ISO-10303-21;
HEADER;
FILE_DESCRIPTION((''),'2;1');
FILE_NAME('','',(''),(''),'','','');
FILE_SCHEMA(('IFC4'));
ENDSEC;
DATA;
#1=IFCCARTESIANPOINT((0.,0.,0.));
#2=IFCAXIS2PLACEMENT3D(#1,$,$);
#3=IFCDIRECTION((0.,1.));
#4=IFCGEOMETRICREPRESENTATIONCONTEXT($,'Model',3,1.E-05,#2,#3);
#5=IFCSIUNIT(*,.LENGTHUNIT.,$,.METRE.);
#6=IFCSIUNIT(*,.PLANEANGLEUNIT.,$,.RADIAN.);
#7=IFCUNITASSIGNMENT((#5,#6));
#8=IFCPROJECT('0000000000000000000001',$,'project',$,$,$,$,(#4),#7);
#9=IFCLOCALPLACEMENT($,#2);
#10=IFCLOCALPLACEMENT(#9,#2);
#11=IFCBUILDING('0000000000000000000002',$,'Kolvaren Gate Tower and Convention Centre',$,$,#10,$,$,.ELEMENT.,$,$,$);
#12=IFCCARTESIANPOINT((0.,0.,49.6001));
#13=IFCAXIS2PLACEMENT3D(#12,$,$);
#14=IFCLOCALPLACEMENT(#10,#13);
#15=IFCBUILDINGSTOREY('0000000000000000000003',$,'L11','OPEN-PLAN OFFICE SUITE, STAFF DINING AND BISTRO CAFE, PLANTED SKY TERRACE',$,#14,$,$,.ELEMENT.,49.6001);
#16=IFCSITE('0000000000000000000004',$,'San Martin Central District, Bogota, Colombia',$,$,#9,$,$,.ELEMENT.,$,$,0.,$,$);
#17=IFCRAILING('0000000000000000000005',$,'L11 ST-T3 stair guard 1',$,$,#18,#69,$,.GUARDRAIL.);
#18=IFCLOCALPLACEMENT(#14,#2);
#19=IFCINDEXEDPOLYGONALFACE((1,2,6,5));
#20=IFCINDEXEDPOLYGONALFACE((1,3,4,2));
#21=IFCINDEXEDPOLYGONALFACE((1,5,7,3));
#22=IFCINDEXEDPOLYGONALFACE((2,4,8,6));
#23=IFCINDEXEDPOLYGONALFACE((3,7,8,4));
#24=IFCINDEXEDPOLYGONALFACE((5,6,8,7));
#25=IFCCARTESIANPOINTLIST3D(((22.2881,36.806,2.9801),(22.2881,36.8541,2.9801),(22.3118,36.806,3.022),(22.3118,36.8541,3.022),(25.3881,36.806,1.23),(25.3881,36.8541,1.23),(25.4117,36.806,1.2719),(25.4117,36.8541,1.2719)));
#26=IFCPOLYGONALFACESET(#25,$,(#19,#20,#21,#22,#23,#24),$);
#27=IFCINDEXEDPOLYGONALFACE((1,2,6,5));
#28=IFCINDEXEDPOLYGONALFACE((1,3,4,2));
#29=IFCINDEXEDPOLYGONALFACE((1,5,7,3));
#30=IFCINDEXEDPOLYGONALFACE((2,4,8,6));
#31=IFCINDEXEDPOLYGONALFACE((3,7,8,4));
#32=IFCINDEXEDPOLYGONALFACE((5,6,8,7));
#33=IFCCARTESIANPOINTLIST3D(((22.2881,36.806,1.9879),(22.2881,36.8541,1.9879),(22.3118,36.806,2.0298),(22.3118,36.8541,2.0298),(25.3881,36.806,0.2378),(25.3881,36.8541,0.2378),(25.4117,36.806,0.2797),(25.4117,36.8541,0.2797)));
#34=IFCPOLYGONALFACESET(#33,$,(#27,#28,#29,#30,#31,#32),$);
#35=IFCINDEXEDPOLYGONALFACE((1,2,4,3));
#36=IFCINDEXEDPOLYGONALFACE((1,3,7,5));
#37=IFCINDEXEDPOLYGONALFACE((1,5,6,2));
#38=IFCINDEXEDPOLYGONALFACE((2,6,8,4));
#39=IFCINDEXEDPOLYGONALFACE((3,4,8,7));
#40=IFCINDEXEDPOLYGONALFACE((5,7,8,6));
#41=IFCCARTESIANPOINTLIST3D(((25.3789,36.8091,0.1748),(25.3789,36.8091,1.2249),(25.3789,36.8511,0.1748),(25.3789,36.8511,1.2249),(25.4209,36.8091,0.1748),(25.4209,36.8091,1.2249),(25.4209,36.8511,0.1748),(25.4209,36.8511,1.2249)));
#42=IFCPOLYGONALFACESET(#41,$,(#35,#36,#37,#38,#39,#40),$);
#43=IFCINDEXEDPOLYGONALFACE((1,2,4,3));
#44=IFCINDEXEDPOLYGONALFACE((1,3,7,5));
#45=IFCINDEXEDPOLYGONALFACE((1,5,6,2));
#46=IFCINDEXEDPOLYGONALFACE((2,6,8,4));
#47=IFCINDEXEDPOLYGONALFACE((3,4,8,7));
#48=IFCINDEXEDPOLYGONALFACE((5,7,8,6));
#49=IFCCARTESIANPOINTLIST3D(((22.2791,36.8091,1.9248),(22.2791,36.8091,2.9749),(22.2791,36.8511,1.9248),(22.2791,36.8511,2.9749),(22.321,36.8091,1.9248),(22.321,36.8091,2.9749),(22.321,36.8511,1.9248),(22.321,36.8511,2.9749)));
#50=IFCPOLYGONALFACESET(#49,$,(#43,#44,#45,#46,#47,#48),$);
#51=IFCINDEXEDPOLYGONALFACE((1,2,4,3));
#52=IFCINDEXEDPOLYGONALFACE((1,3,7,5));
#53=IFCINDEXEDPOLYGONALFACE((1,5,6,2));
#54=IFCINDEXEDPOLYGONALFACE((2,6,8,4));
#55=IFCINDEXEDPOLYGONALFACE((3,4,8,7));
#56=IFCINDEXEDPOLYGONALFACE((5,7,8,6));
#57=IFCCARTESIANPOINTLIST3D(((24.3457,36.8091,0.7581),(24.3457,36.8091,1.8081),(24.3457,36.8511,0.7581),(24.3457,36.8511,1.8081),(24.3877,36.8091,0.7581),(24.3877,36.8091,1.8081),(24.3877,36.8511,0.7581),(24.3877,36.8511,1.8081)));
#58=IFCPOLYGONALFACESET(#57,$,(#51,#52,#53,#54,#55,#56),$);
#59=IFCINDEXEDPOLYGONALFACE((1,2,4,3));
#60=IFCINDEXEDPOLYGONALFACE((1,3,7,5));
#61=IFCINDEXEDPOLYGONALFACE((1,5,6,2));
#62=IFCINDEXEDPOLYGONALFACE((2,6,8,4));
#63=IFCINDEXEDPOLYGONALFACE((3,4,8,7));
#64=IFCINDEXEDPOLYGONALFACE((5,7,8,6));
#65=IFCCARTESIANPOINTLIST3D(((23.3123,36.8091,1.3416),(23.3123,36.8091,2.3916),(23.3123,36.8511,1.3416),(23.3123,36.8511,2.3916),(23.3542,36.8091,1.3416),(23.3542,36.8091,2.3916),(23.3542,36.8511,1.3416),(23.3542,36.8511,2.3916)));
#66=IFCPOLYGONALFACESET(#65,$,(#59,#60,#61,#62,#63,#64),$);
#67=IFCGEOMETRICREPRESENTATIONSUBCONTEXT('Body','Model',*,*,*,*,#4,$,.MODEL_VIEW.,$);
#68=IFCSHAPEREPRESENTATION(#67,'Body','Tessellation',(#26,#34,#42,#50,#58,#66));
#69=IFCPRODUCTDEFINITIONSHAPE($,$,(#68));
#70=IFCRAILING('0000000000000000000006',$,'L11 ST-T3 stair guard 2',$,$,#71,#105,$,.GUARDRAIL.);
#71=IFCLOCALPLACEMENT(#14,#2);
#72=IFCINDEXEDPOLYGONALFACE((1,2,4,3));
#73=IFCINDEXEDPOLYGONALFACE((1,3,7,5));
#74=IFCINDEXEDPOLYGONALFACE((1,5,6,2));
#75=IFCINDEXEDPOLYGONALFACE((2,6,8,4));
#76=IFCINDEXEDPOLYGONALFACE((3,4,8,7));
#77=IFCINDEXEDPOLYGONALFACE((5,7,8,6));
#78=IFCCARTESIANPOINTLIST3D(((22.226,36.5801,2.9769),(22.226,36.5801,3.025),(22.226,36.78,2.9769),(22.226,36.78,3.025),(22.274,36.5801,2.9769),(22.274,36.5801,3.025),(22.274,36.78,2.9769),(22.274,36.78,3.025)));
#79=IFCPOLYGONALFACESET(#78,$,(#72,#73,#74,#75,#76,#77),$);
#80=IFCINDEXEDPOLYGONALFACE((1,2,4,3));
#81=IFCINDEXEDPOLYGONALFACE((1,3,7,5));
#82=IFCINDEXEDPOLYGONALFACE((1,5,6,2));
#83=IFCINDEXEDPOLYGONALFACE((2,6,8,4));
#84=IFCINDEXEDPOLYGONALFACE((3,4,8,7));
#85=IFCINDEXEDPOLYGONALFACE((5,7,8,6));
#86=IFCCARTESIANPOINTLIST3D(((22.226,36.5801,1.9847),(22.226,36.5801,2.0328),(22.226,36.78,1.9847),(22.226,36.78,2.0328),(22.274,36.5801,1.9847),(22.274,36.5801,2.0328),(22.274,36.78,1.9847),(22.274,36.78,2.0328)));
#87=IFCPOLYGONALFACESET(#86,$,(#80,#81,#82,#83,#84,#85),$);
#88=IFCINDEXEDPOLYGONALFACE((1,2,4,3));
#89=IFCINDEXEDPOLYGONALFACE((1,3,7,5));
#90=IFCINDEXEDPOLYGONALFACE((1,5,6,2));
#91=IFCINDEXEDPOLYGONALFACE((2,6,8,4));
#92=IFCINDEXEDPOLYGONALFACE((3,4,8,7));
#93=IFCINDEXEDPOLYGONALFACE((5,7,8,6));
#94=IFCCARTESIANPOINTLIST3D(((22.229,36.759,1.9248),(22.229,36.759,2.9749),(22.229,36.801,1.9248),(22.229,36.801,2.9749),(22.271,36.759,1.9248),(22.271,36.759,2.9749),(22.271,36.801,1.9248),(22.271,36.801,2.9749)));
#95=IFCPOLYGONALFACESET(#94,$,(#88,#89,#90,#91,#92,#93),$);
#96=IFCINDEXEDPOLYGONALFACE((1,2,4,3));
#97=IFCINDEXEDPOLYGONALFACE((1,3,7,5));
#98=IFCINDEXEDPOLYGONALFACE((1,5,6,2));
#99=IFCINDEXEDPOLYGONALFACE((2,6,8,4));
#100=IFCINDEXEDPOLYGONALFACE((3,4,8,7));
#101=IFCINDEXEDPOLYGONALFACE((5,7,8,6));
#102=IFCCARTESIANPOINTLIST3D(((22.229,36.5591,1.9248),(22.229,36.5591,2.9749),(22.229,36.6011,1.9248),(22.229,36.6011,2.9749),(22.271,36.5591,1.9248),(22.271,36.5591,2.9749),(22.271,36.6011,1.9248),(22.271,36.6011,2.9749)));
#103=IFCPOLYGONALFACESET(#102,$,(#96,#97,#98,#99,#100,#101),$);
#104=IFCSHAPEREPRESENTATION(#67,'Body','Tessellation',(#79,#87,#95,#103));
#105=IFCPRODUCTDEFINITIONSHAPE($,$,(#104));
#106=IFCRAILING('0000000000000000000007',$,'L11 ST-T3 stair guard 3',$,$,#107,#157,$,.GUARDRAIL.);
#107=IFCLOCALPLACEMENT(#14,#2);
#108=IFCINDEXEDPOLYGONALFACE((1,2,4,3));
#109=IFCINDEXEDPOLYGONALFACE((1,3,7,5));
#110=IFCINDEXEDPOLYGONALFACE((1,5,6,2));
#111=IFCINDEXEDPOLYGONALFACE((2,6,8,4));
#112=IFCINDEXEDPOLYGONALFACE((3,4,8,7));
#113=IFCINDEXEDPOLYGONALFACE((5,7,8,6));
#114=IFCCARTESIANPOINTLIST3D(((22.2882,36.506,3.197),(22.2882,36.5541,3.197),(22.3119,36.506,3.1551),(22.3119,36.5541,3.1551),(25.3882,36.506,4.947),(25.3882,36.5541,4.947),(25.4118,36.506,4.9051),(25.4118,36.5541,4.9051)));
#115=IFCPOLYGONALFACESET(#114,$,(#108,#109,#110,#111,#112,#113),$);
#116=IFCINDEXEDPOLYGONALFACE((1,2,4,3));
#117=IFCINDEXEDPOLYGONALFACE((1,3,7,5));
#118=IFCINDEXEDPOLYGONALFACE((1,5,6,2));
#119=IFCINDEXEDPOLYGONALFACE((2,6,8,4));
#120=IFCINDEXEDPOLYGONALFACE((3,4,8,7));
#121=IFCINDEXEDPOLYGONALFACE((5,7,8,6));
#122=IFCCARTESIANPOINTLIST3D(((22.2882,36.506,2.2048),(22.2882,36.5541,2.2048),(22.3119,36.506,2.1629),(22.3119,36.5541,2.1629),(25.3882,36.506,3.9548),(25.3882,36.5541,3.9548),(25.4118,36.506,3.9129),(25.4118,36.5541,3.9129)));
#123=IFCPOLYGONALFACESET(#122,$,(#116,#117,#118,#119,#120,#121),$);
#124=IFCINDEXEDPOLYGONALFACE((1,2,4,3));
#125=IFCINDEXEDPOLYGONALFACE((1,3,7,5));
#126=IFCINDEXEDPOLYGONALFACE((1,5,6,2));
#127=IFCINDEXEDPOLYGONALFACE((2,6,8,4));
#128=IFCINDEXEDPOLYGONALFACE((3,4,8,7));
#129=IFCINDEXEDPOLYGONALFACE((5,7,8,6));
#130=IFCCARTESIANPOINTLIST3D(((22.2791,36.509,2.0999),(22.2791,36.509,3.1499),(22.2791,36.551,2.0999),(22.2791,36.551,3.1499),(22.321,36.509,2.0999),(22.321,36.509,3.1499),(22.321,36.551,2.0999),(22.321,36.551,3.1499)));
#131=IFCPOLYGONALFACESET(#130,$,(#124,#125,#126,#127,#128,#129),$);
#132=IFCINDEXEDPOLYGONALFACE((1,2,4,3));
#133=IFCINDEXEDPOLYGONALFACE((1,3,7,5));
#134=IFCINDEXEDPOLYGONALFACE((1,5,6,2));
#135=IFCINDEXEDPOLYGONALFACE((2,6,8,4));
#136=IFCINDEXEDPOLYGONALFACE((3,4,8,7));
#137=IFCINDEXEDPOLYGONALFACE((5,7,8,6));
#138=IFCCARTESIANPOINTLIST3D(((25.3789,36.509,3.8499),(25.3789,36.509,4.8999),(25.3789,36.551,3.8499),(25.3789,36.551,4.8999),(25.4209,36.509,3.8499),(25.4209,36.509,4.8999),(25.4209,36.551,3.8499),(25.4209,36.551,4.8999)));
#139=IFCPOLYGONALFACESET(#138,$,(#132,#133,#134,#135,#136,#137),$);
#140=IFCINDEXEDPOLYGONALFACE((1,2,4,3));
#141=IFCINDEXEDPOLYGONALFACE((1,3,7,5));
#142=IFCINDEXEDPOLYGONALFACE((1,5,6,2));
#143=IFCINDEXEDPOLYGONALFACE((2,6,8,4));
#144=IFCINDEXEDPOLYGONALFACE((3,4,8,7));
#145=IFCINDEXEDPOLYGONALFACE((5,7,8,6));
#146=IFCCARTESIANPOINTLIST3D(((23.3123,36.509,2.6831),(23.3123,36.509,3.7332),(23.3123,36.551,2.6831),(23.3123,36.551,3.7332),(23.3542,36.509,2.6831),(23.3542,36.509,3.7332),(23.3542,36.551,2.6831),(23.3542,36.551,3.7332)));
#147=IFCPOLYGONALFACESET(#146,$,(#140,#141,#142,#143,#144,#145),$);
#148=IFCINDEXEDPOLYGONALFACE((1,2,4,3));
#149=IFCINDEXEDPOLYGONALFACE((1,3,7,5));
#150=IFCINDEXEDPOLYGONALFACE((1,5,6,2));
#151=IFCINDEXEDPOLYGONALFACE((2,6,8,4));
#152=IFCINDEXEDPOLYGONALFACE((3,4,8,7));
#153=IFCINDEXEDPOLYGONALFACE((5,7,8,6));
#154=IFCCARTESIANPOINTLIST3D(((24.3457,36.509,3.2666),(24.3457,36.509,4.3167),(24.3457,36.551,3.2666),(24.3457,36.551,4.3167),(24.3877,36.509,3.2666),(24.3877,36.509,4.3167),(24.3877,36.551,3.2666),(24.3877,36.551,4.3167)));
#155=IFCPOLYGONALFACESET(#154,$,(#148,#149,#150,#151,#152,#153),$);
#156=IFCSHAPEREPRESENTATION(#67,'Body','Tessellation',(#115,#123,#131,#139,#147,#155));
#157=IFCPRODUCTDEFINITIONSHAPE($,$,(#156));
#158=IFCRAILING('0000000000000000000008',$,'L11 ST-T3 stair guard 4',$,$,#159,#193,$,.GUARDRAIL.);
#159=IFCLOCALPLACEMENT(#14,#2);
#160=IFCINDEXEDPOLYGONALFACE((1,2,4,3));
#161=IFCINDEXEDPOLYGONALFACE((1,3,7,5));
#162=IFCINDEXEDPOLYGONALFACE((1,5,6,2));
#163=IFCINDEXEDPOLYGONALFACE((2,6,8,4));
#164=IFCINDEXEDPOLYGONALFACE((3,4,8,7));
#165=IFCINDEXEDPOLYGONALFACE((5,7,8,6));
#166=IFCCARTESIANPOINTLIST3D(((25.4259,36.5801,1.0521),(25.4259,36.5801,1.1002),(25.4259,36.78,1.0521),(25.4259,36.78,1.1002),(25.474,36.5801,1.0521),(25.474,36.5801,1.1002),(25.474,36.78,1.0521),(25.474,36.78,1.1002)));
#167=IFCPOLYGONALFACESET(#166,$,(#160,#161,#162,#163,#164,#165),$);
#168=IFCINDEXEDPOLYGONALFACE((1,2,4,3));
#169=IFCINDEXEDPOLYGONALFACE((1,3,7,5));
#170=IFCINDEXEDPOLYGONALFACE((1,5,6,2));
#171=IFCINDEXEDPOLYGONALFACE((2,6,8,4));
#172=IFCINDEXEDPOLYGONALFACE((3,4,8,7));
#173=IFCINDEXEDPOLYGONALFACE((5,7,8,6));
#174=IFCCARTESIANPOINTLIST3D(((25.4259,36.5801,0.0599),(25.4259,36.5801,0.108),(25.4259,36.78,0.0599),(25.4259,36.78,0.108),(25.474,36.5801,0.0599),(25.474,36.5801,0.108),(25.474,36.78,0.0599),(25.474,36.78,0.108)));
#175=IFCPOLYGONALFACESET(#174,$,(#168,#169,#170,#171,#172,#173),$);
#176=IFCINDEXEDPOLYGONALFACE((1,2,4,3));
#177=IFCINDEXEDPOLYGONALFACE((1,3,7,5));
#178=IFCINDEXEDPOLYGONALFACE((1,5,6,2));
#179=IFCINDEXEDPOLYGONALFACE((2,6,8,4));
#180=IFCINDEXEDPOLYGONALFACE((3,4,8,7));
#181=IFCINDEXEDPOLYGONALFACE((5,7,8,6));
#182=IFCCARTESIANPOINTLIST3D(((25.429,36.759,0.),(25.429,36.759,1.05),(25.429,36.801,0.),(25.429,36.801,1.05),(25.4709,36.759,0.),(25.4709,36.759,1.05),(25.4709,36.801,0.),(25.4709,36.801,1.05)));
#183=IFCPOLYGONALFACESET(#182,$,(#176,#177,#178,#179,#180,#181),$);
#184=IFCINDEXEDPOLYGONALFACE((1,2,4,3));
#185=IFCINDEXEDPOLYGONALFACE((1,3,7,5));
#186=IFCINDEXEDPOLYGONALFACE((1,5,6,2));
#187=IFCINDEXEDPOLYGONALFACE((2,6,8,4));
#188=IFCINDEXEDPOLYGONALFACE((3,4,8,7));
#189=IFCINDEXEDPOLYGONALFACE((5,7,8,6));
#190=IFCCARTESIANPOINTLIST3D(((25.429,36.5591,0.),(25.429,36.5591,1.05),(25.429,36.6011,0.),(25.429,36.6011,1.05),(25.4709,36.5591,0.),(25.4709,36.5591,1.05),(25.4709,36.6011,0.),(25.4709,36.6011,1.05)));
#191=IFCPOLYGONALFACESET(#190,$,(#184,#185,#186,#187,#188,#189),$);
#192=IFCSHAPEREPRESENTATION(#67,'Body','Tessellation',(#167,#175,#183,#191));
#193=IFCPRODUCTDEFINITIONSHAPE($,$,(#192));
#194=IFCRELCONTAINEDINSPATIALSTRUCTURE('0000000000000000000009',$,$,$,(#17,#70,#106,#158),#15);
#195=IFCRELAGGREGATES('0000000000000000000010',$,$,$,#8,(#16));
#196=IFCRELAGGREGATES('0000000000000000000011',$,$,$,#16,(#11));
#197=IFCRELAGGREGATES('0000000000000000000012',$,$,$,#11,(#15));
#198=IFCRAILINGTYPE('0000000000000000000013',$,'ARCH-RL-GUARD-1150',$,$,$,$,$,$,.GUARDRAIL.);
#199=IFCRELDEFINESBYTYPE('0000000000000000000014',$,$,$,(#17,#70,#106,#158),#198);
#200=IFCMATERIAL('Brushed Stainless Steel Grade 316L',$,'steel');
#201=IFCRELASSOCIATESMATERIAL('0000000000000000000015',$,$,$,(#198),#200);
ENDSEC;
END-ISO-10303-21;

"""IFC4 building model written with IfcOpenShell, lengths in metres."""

from ifc_helpers import new_model, si_unit, direction, frame, origin, origin_2d, place, context, subcontext, project, spatial, rectangle, extrude, material, type_object, element, save


model = new_model("IFC4")

# Units and contexts
model_context = context("Model", 3, precision=1e-05, world=origin(), true_north=direction((0.0, 1.0)))
body_context = subcontext(model_context, "Body", "Model", "MODEL_VIEW")
ifc_project = project(units=[si_unit("LENGTHUNIT", "METRE"), si_unit("PLANEANGLEUNIT", "RADIAN")], contexts=[model_context])

# Site, building, storey
site_placement = place(None, origin())
site = spatial("IfcSite", under=ifc_project, at=site_placement, Name="San Martin Central District, Bogota, Colombia", CompositionType="ELEMENT", RefElevation=0.0)
building_placement = place(site_placement, origin())
building = spatial("IfcBuilding", under=site, at=building_placement, Name="Kolvaren Gate Tower and Convention Centre", CompositionType="ELEMENT")
storey_placement = place(building_placement, frame((0.0, 0.0, 49.6001)))
storey = spatial("IfcBuildingStorey", under=building, at=storey_placement, Name="L11", Description="OPEN-PLAN OFFICE SUITE, STAFF DINING AND BISTRO CAFE, PLANTED SKY TERRACE", CompositionType="ELEMENT", Elevation=49.6001)

# Railings
ifc_material_1 = material(Name="Brushed Stainless Steel Grade 316L", Category="steel")
railing_type_1 = type_object("IfcRailingType", Name="ARCH-RL-GUARD-1150", PredefinedType="GUARDRAIL", material=ifc_material_1)
railing_1_placement = place(storey_placement, frame((25.3999, 36.8301, 0.1748)))
element("IfcRailing", 1, at=railing_1_placement, inside=storey, type_object=railing_type_1, Name="L11 ST-T3 stair guard 1", PredefinedType="GUARDRAIL", context=body_context, shape_type="SweptSolid", body=[
    extrude(rectangle(XDim=0.0481, YDim=0.0481, at=origin_2d()), frame((0.0, 0.0, 1.0762), z_axis=(-0.870814, 0.0, 0.491612), x_axis=(0.0, -1.0, 0.0)), (0.0, 0.0, 1.0), 3.5598),
    extrude(rectangle(XDim=0.0481, YDim=0.0481, at=origin_2d()), frame((0.0, 0.0, 0.084), z_axis=(-0.870814, 0.0, 0.491612), x_axis=(0.0, -1.0, 0.0)), (0.0, 0.0, 1.0), 3.5598),
    extrude(rectangle(XDim=0.042, YDim=0.042, at=origin_2d()), origin(), (0.0, 0.0, 1.0), 1.05),
    extrude(rectangle(XDim=0.042, YDim=0.042, at=origin_2d()), frame((-3.0999, 0.0, 1.75)), (0.0, 0.0, 1.0), 1.05),
    extrude(rectangle(XDim=0.042, YDim=0.042, at=origin_2d()), frame((-1.0332, 0.0, 0.5833)), (0.0, 0.0, 1.0), 1.05),
    extrude(rectangle(XDim=0.042, YDim=0.042, at=origin_2d()), frame((-2.0667, 0.0, 1.1667)), (0.0, 0.0, 1.0), 1.05),
])
railing_2_placement = place(storey_placement, frame((22.25, 36.78, 1.9248)))
element("IfcRailing", 2, at=railing_2_placement, inside=storey, type_object=railing_type_1, Name="L11 ST-T3 stair guard 2", PredefinedType="GUARDRAIL", context=body_context, shape_type="SweptSolid", body=[
    extrude(rectangle(XDim=0.0481, YDim=0.0481, at=origin_2d()), frame((0.0, 0.0, 1.0762), z_axis=(0.0, -1.0, 0.0), x_axis=(1.0, 0.0, 0.0)), (0.0, 0.0, 1.0), 0.2),
    extrude(rectangle(XDim=0.0481, YDim=0.0481, at=origin_2d()), frame((0.0, 0.0, 0.084), z_axis=(0.0, -1.0, 0.0), x_axis=(1.0, 0.0, 0.0)), (0.0, 0.0, 1.0), 0.2),
    extrude(rectangle(XDim=0.042, YDim=0.042, at=origin_2d()), origin(), (0.0, 0.0, 1.0), 1.05),
    extrude(rectangle(XDim=0.042, YDim=0.042, at=origin_2d()), frame((0.0, -0.2, 0.0)), (0.0, 0.0, 1.0), 1.05),
])
railing_3_placement = place(storey_placement, frame((22.3, 36.53, 2.0999)))
element("IfcRailing", 3, at=railing_3_placement, inside=storey, type_object=railing_type_1, Name="L11 ST-T3 stair guard 3", PredefinedType="GUARDRAIL", context=body_context, shape_type="SweptSolid", body=[
    extrude(rectangle(XDim=0.0481, YDim=0.0481, at=origin_2d()), frame((0.0, 0.0, 1.0762), z_axis=(0.870814, 0.0, 0.491612), x_axis=(0.0, 1.0, 0.0)), (0.0, 0.0, 1.0), 3.5598),
    extrude(rectangle(XDim=0.0481, YDim=0.0481, at=origin_2d()), frame((0.0, 0.0, 0.084), z_axis=(0.870814, 0.0, 0.491612), x_axis=(0.0, 1.0, 0.0)), (0.0, 0.0, 1.0), 3.5598),
    extrude(rectangle(XDim=0.042, YDim=0.042, at=origin_2d()), origin(), (0.0, 0.0, 1.0), 1.05),
    extrude(rectangle(XDim=0.042, YDim=0.042, at=origin_2d()), frame((3.0999, 0.0, 1.75)), (0.0, 0.0, 1.0), 1.05),
    extrude(rectangle(XDim=0.042, YDim=0.042, at=origin_2d()), frame((1.0332, 0.0, 0.5833)), (0.0, 0.0, 1.0), 1.05),
    extrude(rectangle(XDim=0.042, YDim=0.042, at=origin_2d()), frame((2.0667, 0.0, 1.1667)), (0.0, 0.0, 1.0), 1.05),
])
railing_4_placement = place(storey_placement, frame((25.45, 36.78, 0.0)))
element("IfcRailing", 4, at=railing_4_placement, inside=storey, type_object=railing_type_1, Name="L11 ST-T3 stair guard 4", PredefinedType="GUARDRAIL", context=body_context, shape_type="SweptSolid", body=[
    extrude(rectangle(XDim=0.0481, YDim=0.0481, at=origin_2d()), frame((0.0, 0.0, 1.0762), z_axis=(0.0, -1.0, 0.0), x_axis=(1.0, 0.0, 0.0)), (0.0, 0.0, 1.0), 0.2),
    extrude(rectangle(XDim=0.0481, YDim=0.0481, at=origin_2d()), frame((0.0, 0.0, 0.084), z_axis=(0.0, -1.0, 0.0), x_axis=(1.0, 0.0, 0.0)), (0.0, 0.0, 1.0), 0.2),
    extrude(rectangle(XDim=0.042, YDim=0.042, at=origin_2d()), origin(), (0.0, 0.0, 1.0), 1.05),
    extrude(rectangle(XDim=0.042, YDim=0.042, at=origin_2d()), frame((0.0, -0.2, 0.0)), (0.0, 0.0, 1.0), 1.05),
])

save(model, "model.ifc")
